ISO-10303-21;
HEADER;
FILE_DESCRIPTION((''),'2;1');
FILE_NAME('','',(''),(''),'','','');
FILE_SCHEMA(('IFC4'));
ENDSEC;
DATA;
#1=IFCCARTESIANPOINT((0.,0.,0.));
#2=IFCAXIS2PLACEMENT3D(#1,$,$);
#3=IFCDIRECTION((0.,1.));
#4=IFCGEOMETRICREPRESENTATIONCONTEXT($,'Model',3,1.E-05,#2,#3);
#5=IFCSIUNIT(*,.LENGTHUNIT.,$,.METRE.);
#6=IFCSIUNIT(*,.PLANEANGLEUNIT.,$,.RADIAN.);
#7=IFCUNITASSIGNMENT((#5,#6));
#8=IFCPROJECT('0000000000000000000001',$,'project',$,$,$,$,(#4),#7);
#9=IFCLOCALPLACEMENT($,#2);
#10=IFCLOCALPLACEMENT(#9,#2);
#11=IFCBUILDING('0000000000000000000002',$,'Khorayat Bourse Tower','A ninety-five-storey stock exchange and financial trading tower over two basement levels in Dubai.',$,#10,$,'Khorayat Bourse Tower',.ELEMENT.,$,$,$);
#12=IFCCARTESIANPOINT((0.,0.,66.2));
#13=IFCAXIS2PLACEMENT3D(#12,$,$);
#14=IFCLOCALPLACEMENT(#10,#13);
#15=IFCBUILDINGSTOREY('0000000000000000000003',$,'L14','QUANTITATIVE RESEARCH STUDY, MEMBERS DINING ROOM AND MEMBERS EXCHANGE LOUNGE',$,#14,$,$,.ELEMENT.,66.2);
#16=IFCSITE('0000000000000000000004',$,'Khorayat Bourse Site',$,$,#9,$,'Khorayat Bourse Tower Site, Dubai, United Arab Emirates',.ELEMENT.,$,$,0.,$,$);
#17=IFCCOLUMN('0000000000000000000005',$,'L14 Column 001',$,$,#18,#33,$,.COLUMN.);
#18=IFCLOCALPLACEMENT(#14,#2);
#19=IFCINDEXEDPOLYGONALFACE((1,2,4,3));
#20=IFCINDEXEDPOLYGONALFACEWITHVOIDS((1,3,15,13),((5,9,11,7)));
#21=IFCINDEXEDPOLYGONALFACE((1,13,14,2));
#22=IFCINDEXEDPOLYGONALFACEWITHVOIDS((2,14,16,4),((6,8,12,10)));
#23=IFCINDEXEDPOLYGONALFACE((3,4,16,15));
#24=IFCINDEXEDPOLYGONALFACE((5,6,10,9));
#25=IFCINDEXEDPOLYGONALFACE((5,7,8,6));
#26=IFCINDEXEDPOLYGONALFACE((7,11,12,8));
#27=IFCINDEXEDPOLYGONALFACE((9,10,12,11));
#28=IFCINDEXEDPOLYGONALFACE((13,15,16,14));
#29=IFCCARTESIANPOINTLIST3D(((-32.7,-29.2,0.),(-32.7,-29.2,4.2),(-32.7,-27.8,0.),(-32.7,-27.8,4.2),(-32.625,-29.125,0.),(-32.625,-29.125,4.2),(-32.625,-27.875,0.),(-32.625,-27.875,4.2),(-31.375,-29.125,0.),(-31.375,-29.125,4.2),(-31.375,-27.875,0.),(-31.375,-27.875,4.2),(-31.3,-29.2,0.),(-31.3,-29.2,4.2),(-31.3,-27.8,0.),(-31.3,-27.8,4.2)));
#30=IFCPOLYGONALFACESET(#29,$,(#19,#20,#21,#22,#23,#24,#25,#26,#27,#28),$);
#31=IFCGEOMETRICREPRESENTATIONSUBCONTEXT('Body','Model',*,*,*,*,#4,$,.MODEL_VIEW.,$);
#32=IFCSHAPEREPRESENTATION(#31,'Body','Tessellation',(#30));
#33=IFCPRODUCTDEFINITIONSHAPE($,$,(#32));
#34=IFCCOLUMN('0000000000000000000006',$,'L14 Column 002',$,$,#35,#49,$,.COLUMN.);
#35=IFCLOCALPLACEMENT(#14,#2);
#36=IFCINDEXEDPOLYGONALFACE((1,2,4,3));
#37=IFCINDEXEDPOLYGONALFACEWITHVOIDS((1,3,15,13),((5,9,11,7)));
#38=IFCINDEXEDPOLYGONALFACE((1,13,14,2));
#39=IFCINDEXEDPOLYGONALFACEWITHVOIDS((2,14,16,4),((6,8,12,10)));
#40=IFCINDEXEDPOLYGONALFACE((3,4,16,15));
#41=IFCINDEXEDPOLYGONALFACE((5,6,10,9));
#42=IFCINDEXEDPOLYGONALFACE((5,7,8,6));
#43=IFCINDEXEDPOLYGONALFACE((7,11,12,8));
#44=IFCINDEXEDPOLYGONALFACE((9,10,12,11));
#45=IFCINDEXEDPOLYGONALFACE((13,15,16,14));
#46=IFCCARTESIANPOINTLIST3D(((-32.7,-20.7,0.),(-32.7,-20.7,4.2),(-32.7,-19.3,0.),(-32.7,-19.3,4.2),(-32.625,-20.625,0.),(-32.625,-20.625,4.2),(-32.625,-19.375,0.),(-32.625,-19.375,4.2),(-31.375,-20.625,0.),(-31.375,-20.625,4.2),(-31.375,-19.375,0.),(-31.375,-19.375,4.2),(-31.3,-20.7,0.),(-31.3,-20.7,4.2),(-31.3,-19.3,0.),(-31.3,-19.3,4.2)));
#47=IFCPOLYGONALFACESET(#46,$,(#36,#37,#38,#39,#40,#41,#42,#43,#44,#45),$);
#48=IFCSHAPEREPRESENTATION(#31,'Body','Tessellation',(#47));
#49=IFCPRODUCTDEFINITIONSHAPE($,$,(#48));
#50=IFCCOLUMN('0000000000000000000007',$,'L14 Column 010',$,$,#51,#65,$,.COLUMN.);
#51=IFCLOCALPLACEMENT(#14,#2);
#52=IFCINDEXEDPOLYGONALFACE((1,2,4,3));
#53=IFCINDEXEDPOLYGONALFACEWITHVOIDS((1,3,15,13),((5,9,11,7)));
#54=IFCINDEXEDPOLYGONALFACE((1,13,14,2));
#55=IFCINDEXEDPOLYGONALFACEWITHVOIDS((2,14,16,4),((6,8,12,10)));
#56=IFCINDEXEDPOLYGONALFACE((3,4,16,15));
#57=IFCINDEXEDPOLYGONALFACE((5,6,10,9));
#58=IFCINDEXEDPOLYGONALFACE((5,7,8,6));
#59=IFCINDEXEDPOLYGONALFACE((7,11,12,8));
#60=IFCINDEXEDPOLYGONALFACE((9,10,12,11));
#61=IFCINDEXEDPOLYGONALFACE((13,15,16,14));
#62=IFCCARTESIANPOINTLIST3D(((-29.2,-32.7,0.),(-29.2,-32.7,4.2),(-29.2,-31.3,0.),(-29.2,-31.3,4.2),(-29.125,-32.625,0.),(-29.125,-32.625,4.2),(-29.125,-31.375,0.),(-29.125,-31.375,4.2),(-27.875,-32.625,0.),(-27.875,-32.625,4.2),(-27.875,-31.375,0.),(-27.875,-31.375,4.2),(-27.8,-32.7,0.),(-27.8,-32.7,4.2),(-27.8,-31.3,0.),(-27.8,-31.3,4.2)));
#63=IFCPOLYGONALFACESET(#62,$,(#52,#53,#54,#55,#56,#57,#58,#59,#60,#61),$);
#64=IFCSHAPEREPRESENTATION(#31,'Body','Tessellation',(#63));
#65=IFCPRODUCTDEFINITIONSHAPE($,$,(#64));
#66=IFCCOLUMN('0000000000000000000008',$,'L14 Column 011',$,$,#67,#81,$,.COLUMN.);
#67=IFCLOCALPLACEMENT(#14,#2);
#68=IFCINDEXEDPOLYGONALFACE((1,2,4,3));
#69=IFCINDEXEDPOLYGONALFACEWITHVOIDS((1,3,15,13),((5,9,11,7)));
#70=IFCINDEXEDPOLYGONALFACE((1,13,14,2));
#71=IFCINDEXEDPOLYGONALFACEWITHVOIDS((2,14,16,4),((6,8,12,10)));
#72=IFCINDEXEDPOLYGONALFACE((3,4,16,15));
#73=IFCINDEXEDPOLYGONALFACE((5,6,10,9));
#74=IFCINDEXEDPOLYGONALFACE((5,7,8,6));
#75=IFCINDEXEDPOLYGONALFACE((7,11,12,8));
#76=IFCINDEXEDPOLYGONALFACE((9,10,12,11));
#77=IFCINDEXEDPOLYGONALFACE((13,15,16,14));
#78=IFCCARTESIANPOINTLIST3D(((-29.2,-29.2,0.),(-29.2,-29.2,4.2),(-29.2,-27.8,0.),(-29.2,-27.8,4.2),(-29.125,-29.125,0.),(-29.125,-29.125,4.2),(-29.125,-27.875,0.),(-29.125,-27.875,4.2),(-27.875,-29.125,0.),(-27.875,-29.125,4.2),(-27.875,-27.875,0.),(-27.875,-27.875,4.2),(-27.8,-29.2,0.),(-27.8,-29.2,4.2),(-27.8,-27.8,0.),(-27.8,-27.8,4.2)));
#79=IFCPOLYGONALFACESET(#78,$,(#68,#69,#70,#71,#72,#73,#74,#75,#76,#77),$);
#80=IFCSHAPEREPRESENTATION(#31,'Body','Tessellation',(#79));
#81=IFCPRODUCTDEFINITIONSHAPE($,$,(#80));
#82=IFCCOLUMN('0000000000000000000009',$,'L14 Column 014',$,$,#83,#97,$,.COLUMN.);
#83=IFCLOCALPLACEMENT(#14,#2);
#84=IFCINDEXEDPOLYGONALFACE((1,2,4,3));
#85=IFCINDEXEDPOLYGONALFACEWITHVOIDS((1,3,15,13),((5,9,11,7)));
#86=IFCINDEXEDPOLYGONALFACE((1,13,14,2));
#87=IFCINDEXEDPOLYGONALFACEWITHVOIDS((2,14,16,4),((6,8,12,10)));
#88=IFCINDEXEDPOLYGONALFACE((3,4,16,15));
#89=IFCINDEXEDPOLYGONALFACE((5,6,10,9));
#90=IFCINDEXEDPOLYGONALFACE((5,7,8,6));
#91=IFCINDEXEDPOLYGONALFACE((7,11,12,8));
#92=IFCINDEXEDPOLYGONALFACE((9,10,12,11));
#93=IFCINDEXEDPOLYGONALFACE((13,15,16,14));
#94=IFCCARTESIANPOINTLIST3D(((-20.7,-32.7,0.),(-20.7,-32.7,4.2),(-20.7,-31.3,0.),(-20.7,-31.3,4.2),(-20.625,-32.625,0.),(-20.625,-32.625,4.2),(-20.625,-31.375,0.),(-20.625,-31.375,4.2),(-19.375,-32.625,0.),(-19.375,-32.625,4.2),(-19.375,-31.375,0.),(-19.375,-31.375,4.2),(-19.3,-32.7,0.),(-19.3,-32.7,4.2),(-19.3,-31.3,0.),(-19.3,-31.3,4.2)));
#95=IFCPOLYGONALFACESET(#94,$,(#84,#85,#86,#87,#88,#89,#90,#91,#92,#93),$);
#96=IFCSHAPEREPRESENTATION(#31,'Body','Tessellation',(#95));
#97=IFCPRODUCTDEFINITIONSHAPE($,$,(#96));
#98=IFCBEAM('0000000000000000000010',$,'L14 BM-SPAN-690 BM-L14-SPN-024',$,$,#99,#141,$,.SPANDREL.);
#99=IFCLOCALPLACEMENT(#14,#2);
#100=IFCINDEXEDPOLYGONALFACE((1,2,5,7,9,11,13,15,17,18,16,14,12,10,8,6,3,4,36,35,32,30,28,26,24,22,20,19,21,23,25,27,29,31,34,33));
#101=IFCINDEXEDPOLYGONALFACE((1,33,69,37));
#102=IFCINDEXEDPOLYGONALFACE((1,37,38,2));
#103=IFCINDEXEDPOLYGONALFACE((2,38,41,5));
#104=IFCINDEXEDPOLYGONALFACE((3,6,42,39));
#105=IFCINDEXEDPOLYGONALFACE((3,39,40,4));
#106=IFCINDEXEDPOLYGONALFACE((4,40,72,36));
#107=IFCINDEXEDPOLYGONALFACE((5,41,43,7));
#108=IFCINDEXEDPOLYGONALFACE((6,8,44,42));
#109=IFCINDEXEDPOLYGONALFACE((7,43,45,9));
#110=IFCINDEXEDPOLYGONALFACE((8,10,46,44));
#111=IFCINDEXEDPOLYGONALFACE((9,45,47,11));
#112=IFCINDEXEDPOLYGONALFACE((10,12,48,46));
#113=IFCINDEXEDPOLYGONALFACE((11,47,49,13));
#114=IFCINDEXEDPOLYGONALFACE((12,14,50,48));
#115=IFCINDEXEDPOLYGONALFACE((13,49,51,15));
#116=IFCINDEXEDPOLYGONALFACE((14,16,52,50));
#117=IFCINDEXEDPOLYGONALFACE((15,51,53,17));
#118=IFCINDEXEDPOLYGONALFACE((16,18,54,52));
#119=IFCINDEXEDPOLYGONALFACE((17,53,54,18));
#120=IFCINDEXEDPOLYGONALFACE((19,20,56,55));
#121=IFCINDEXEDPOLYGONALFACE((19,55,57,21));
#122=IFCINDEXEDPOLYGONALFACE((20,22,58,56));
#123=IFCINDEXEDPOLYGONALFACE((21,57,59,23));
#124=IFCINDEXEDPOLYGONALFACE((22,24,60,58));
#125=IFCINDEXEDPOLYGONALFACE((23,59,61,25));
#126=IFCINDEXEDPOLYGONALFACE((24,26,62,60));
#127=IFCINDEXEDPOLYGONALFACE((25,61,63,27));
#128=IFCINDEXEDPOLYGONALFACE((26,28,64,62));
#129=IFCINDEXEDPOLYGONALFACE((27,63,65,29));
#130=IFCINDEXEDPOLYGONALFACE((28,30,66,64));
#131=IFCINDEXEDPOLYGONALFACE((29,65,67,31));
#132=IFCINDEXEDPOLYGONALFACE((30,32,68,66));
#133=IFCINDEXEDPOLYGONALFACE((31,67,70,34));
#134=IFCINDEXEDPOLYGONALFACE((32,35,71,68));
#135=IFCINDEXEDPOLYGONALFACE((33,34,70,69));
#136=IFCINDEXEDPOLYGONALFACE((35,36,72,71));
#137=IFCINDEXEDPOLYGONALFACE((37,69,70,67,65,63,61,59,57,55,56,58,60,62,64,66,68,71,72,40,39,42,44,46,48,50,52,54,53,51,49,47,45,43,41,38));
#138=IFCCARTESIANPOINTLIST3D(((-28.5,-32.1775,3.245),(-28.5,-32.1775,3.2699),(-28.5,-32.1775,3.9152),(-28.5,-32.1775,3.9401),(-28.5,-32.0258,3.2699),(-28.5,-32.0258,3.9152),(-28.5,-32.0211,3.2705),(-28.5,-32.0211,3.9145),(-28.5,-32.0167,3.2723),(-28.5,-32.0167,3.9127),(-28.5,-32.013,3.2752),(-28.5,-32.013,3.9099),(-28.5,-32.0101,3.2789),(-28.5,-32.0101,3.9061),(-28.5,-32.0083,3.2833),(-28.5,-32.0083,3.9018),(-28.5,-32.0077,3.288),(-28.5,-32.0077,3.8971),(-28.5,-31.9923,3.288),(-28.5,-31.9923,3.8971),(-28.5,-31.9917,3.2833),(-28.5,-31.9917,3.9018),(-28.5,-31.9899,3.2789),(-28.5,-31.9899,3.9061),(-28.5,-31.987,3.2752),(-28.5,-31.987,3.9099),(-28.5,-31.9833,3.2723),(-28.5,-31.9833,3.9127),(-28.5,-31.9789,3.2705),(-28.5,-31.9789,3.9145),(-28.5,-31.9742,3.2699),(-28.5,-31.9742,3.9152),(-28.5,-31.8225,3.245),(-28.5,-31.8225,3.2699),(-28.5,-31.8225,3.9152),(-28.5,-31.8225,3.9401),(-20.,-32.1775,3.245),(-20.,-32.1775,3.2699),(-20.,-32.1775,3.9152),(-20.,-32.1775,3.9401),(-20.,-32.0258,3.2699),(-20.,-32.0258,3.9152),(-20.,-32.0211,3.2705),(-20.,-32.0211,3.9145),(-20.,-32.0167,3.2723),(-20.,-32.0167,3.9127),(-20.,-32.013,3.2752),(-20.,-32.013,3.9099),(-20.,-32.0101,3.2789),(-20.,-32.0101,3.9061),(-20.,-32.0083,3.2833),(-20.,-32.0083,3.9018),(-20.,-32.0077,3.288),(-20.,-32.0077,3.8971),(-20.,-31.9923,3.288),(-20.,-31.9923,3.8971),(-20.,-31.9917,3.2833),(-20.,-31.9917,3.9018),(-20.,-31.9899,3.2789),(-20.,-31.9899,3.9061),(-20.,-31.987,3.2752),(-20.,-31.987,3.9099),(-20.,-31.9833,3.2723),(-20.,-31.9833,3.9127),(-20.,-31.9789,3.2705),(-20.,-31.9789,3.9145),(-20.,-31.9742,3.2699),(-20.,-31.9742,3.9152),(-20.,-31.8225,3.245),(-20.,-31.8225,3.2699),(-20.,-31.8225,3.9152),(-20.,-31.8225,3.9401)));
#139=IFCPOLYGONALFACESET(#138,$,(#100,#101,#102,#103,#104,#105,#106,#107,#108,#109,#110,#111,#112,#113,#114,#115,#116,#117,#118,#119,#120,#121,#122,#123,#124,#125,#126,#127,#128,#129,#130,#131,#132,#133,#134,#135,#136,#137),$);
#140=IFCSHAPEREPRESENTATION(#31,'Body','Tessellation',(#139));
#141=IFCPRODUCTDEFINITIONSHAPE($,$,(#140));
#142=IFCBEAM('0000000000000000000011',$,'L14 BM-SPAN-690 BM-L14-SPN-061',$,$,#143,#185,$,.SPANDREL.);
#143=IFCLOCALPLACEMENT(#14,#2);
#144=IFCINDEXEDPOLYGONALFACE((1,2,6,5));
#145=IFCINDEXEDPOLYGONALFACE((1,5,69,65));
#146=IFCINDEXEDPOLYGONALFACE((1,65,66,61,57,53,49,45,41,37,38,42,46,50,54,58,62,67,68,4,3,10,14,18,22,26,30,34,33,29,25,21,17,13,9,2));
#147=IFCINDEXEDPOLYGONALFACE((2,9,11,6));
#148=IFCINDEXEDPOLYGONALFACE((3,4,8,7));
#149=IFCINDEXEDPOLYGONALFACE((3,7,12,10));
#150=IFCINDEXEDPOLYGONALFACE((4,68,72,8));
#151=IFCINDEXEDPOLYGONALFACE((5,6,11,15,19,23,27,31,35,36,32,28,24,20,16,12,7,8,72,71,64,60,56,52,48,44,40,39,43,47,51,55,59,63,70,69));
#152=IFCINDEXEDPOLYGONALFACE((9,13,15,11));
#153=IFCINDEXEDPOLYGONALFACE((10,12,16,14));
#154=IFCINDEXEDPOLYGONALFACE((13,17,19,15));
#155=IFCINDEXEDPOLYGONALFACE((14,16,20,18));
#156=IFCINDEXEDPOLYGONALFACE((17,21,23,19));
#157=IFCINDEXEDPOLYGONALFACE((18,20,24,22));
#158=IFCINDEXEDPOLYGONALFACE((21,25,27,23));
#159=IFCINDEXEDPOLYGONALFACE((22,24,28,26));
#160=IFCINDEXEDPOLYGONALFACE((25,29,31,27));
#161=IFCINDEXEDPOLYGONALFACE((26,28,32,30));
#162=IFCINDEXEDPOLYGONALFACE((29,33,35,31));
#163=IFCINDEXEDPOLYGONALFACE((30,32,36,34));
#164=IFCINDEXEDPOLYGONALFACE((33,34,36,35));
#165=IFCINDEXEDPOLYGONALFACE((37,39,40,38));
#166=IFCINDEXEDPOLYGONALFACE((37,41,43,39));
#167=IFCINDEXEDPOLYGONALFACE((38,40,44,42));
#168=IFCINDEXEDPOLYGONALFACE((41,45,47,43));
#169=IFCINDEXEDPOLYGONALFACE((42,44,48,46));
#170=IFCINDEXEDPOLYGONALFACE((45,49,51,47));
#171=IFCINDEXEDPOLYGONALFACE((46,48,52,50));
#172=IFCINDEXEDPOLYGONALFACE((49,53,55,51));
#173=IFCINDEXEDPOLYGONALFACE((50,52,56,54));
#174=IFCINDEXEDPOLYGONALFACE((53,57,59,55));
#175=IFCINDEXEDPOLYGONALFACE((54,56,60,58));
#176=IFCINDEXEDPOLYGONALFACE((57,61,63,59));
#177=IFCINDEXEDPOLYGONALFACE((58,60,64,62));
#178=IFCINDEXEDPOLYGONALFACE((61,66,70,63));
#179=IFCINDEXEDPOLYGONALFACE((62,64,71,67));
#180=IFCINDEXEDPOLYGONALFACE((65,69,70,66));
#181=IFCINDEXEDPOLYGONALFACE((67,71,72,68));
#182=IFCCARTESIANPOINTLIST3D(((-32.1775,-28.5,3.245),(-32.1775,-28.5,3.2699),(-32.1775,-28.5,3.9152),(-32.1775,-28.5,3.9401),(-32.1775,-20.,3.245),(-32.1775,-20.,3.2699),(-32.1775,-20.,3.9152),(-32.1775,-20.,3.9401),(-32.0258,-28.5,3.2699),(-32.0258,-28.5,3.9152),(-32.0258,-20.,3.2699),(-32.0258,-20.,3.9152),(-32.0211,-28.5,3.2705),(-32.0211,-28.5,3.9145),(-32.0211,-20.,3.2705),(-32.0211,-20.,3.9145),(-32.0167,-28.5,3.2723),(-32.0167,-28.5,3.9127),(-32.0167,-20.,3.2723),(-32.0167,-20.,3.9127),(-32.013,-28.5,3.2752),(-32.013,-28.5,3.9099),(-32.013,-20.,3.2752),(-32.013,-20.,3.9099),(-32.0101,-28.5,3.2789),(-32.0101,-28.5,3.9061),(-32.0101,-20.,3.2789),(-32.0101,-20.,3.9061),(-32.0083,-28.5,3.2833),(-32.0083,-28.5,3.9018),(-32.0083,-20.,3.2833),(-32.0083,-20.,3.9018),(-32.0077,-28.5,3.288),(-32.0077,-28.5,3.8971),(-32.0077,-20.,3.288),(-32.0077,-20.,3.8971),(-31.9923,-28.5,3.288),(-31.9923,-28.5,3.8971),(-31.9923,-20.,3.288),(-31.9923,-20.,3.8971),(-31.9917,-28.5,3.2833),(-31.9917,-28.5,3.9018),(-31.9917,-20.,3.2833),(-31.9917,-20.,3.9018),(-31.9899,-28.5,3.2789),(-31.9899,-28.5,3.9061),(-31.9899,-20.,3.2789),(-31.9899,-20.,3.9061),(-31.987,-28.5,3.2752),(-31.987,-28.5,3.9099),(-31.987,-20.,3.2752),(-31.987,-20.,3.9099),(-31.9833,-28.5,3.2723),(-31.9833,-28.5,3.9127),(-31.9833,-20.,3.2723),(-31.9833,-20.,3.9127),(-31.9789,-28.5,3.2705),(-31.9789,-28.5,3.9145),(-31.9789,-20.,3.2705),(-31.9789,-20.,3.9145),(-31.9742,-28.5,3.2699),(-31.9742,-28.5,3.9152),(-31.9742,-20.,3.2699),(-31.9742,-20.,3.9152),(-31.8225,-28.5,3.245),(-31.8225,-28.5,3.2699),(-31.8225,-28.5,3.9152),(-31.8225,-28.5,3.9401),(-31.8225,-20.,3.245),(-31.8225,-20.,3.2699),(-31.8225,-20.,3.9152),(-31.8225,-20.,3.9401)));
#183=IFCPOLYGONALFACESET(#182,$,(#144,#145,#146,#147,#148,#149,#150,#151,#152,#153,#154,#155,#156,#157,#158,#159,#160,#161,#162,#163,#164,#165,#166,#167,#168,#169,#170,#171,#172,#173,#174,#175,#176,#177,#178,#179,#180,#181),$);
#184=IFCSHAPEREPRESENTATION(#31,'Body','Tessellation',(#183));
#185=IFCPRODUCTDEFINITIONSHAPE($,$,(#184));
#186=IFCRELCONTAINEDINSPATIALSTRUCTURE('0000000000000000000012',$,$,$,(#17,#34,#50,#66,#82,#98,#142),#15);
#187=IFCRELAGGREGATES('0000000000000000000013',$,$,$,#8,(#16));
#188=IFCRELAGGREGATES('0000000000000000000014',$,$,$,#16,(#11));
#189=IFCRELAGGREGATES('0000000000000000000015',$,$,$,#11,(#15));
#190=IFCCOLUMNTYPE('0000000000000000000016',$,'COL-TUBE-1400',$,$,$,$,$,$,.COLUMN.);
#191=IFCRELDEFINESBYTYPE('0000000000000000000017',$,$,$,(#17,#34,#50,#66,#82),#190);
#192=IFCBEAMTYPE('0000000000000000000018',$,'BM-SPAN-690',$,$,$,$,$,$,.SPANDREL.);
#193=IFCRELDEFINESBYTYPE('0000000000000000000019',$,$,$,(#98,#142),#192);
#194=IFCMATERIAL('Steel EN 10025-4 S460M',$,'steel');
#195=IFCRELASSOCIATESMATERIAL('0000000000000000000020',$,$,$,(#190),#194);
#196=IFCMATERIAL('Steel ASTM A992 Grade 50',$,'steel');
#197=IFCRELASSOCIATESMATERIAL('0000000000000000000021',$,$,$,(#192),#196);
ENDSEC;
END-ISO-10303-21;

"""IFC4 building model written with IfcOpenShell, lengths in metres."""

from ifc_helpers import new_model, si_unit, direction, frame, origin, origin_2d, place, context, subcontext, project, spatial, hollow_rectangle, i_section, extrude, source, transform, mapped, material, material_profile, profile_set, type_object, element, save


model = new_model("IFC4")

# Units and contexts
model_context = context("Model", 3, precision=1e-05, world=origin(), true_north=direction((0.0, 1.0)))
body_context = subcontext(model_context, "Body", "Model", "MODEL_VIEW")
ifc_project = project(units=[si_unit("LENGTHUNIT", "METRE"), si_unit("PLANEANGLEUNIT", "RADIAN")], contexts=[model_context])

# Site, building, storey
site_placement = place(None, origin())
site = spatial("IfcSite", under=ifc_project, at=site_placement, Name="Khorayat Bourse Site", LongName="Khorayat Bourse Tower Site, Dubai, United Arab Emirates", CompositionType="ELEMENT", RefElevation=0.0)
building_placement = place(site_placement, origin())
building = spatial("IfcBuilding", under=site, at=building_placement, Name="Khorayat Bourse Tower", Description="A ninety-five-storey stock exchange and financial trading tower over two basement levels in Dubai.", LongName="Khorayat Bourse Tower", CompositionType="ELEMENT")
storey_placement = place(building_placement, frame((0.0, 0.0, 66.2)))
storey = spatial("IfcBuildingStorey", under=building, at=storey_placement, Name="L14", Description="QUANTITATIVE RESEARCH STUDY, MEMBERS DINING ROOM AND MEMBERS EXCHANGE LOUNGE", CompositionType="ELEMENT", Elevation=66.2)

# Columns
ifc_material_1 = material(Name="Steel EN 10025-4 S460M", Category="steel")
ifc_material_profile_1 = material_profile(ifc_material_1, hollow_rectangle(XDim=1.3999, YDim=1.3999, WallThickness=0.075, at=origin_2d()), Name="BOX 1400x1400x75")
ifc_profile_set_1 = profile_set([ifc_material_profile_1], Name="Steel EN 10025-4 S460M")
column_type = type_object("IfcColumnType", Name="COL-TUBE-1400", PredefinedType="COLUMN", material=ifc_profile_set_1)
shared_shape_1 = source(origin(), body_context, "Body", "SweptSolid", [
    extrude(hollow_rectangle(XDim=1.3999, YDim=1.3999, WallThickness=0.075, at=origin_2d()), origin(), (0.0, 0.0, 1.0), 4.2),
])
for number, where, z_axis, x_axis, name in (
    (1, (-32.0, -28.5, 0.0), (0.0, 0.0, 1.0), (1.0, 0.0, 0.0), "L14 Column 001"),
    (2, (-32.0, -20.0, 0.0), (0.0, 0.0, 1.0), (1.0, 0.0, 0.0), "L14 Column 002"),
    (3, (-28.5, -32.0, 0.0), (0.0, 0.0, 1.0), (1.0, 0.0, 0.0), "L14 Column 010"),
    (4, (-28.5, -28.5, 0.0), (0.0, 0.0, 1.0), (1.0, 0.0, 0.0), "L14 Column 011"),
    (5, (-20.0, -32.0, 0.0), (0.0, 0.0, 1.0), (1.0, 0.0, 0.0), "L14 Column 014"),
):
    element("IfcColumn", number, at=place(storey_placement, frame(where, z_axis=z_axis, x_axis=x_axis)), inside=storey, type_object=column_type, Name=name, PredefinedType="COLUMN", context=body_context, shape_type="MappedRepresentation", body=[
        mapped(shared_shape_1, transform((0.0, 0.0, 0.0), scale=1.0)),
    ])

# Beams
ifc_material_2 = material(Name="Steel ASTM A992 Grade 50", Category="steel")
ifc_material_profile_2 = material_profile(ifc_material_2, i_section(OverallWidth=0.355, OverallDepth=0.6951, WebThickness=0.0154, FlangeThickness=0.0249, FilletRadius=0.0181, at=origin_2d()), Name="W690X217")
ifc_profile_set_2 = profile_set([ifc_material_profile_2], Name="Steel ASTM A992 Grade 50")
beam_type_1 = type_object("IfcBeamType", Name="BM-SPAN-690", PredefinedType="SPANDREL", material=ifc_profile_set_2)
shared_shape_2 = source(origin(), body_context, "Body", "SweptSolid", [
    extrude(i_section(OverallWidth=0.355, OverallDepth=0.6951, WebThickness=0.0154, FlangeThickness=0.0249, FilletRadius=0.0181, at=origin_2d()), origin(), (0.0, 0.0, 1.0), 8.5),
])
for number, where, z_axis, x_axis, name in (
    (6, (-28.5, -32.0, 3.5925), (1.0, 0.0, 0.0), (0.0, 1.0, 0.0), "L14 BM-SPAN-690 BM-L14-SPN-024"),
    (7, (-32.0, -28.5, 3.5925), (0.0, 1.0, 0.0), (-1.0, 0.0, 0.0), "L14 BM-SPAN-690 BM-L14-SPN-061"),
):
    element("IfcBeam", number, at=place(storey_placement, frame(where, z_axis=z_axis, x_axis=x_axis)), inside=storey, type_object=beam_type_1, Name=name, PredefinedType="SPANDREL", context=body_context, shape_type="MappedRepresentation", body=[
        mapped(shared_shape_2, transform((0.0, 0.0, 0.0), scale=1.0)),
    ])

save(model, "model.ifc")
